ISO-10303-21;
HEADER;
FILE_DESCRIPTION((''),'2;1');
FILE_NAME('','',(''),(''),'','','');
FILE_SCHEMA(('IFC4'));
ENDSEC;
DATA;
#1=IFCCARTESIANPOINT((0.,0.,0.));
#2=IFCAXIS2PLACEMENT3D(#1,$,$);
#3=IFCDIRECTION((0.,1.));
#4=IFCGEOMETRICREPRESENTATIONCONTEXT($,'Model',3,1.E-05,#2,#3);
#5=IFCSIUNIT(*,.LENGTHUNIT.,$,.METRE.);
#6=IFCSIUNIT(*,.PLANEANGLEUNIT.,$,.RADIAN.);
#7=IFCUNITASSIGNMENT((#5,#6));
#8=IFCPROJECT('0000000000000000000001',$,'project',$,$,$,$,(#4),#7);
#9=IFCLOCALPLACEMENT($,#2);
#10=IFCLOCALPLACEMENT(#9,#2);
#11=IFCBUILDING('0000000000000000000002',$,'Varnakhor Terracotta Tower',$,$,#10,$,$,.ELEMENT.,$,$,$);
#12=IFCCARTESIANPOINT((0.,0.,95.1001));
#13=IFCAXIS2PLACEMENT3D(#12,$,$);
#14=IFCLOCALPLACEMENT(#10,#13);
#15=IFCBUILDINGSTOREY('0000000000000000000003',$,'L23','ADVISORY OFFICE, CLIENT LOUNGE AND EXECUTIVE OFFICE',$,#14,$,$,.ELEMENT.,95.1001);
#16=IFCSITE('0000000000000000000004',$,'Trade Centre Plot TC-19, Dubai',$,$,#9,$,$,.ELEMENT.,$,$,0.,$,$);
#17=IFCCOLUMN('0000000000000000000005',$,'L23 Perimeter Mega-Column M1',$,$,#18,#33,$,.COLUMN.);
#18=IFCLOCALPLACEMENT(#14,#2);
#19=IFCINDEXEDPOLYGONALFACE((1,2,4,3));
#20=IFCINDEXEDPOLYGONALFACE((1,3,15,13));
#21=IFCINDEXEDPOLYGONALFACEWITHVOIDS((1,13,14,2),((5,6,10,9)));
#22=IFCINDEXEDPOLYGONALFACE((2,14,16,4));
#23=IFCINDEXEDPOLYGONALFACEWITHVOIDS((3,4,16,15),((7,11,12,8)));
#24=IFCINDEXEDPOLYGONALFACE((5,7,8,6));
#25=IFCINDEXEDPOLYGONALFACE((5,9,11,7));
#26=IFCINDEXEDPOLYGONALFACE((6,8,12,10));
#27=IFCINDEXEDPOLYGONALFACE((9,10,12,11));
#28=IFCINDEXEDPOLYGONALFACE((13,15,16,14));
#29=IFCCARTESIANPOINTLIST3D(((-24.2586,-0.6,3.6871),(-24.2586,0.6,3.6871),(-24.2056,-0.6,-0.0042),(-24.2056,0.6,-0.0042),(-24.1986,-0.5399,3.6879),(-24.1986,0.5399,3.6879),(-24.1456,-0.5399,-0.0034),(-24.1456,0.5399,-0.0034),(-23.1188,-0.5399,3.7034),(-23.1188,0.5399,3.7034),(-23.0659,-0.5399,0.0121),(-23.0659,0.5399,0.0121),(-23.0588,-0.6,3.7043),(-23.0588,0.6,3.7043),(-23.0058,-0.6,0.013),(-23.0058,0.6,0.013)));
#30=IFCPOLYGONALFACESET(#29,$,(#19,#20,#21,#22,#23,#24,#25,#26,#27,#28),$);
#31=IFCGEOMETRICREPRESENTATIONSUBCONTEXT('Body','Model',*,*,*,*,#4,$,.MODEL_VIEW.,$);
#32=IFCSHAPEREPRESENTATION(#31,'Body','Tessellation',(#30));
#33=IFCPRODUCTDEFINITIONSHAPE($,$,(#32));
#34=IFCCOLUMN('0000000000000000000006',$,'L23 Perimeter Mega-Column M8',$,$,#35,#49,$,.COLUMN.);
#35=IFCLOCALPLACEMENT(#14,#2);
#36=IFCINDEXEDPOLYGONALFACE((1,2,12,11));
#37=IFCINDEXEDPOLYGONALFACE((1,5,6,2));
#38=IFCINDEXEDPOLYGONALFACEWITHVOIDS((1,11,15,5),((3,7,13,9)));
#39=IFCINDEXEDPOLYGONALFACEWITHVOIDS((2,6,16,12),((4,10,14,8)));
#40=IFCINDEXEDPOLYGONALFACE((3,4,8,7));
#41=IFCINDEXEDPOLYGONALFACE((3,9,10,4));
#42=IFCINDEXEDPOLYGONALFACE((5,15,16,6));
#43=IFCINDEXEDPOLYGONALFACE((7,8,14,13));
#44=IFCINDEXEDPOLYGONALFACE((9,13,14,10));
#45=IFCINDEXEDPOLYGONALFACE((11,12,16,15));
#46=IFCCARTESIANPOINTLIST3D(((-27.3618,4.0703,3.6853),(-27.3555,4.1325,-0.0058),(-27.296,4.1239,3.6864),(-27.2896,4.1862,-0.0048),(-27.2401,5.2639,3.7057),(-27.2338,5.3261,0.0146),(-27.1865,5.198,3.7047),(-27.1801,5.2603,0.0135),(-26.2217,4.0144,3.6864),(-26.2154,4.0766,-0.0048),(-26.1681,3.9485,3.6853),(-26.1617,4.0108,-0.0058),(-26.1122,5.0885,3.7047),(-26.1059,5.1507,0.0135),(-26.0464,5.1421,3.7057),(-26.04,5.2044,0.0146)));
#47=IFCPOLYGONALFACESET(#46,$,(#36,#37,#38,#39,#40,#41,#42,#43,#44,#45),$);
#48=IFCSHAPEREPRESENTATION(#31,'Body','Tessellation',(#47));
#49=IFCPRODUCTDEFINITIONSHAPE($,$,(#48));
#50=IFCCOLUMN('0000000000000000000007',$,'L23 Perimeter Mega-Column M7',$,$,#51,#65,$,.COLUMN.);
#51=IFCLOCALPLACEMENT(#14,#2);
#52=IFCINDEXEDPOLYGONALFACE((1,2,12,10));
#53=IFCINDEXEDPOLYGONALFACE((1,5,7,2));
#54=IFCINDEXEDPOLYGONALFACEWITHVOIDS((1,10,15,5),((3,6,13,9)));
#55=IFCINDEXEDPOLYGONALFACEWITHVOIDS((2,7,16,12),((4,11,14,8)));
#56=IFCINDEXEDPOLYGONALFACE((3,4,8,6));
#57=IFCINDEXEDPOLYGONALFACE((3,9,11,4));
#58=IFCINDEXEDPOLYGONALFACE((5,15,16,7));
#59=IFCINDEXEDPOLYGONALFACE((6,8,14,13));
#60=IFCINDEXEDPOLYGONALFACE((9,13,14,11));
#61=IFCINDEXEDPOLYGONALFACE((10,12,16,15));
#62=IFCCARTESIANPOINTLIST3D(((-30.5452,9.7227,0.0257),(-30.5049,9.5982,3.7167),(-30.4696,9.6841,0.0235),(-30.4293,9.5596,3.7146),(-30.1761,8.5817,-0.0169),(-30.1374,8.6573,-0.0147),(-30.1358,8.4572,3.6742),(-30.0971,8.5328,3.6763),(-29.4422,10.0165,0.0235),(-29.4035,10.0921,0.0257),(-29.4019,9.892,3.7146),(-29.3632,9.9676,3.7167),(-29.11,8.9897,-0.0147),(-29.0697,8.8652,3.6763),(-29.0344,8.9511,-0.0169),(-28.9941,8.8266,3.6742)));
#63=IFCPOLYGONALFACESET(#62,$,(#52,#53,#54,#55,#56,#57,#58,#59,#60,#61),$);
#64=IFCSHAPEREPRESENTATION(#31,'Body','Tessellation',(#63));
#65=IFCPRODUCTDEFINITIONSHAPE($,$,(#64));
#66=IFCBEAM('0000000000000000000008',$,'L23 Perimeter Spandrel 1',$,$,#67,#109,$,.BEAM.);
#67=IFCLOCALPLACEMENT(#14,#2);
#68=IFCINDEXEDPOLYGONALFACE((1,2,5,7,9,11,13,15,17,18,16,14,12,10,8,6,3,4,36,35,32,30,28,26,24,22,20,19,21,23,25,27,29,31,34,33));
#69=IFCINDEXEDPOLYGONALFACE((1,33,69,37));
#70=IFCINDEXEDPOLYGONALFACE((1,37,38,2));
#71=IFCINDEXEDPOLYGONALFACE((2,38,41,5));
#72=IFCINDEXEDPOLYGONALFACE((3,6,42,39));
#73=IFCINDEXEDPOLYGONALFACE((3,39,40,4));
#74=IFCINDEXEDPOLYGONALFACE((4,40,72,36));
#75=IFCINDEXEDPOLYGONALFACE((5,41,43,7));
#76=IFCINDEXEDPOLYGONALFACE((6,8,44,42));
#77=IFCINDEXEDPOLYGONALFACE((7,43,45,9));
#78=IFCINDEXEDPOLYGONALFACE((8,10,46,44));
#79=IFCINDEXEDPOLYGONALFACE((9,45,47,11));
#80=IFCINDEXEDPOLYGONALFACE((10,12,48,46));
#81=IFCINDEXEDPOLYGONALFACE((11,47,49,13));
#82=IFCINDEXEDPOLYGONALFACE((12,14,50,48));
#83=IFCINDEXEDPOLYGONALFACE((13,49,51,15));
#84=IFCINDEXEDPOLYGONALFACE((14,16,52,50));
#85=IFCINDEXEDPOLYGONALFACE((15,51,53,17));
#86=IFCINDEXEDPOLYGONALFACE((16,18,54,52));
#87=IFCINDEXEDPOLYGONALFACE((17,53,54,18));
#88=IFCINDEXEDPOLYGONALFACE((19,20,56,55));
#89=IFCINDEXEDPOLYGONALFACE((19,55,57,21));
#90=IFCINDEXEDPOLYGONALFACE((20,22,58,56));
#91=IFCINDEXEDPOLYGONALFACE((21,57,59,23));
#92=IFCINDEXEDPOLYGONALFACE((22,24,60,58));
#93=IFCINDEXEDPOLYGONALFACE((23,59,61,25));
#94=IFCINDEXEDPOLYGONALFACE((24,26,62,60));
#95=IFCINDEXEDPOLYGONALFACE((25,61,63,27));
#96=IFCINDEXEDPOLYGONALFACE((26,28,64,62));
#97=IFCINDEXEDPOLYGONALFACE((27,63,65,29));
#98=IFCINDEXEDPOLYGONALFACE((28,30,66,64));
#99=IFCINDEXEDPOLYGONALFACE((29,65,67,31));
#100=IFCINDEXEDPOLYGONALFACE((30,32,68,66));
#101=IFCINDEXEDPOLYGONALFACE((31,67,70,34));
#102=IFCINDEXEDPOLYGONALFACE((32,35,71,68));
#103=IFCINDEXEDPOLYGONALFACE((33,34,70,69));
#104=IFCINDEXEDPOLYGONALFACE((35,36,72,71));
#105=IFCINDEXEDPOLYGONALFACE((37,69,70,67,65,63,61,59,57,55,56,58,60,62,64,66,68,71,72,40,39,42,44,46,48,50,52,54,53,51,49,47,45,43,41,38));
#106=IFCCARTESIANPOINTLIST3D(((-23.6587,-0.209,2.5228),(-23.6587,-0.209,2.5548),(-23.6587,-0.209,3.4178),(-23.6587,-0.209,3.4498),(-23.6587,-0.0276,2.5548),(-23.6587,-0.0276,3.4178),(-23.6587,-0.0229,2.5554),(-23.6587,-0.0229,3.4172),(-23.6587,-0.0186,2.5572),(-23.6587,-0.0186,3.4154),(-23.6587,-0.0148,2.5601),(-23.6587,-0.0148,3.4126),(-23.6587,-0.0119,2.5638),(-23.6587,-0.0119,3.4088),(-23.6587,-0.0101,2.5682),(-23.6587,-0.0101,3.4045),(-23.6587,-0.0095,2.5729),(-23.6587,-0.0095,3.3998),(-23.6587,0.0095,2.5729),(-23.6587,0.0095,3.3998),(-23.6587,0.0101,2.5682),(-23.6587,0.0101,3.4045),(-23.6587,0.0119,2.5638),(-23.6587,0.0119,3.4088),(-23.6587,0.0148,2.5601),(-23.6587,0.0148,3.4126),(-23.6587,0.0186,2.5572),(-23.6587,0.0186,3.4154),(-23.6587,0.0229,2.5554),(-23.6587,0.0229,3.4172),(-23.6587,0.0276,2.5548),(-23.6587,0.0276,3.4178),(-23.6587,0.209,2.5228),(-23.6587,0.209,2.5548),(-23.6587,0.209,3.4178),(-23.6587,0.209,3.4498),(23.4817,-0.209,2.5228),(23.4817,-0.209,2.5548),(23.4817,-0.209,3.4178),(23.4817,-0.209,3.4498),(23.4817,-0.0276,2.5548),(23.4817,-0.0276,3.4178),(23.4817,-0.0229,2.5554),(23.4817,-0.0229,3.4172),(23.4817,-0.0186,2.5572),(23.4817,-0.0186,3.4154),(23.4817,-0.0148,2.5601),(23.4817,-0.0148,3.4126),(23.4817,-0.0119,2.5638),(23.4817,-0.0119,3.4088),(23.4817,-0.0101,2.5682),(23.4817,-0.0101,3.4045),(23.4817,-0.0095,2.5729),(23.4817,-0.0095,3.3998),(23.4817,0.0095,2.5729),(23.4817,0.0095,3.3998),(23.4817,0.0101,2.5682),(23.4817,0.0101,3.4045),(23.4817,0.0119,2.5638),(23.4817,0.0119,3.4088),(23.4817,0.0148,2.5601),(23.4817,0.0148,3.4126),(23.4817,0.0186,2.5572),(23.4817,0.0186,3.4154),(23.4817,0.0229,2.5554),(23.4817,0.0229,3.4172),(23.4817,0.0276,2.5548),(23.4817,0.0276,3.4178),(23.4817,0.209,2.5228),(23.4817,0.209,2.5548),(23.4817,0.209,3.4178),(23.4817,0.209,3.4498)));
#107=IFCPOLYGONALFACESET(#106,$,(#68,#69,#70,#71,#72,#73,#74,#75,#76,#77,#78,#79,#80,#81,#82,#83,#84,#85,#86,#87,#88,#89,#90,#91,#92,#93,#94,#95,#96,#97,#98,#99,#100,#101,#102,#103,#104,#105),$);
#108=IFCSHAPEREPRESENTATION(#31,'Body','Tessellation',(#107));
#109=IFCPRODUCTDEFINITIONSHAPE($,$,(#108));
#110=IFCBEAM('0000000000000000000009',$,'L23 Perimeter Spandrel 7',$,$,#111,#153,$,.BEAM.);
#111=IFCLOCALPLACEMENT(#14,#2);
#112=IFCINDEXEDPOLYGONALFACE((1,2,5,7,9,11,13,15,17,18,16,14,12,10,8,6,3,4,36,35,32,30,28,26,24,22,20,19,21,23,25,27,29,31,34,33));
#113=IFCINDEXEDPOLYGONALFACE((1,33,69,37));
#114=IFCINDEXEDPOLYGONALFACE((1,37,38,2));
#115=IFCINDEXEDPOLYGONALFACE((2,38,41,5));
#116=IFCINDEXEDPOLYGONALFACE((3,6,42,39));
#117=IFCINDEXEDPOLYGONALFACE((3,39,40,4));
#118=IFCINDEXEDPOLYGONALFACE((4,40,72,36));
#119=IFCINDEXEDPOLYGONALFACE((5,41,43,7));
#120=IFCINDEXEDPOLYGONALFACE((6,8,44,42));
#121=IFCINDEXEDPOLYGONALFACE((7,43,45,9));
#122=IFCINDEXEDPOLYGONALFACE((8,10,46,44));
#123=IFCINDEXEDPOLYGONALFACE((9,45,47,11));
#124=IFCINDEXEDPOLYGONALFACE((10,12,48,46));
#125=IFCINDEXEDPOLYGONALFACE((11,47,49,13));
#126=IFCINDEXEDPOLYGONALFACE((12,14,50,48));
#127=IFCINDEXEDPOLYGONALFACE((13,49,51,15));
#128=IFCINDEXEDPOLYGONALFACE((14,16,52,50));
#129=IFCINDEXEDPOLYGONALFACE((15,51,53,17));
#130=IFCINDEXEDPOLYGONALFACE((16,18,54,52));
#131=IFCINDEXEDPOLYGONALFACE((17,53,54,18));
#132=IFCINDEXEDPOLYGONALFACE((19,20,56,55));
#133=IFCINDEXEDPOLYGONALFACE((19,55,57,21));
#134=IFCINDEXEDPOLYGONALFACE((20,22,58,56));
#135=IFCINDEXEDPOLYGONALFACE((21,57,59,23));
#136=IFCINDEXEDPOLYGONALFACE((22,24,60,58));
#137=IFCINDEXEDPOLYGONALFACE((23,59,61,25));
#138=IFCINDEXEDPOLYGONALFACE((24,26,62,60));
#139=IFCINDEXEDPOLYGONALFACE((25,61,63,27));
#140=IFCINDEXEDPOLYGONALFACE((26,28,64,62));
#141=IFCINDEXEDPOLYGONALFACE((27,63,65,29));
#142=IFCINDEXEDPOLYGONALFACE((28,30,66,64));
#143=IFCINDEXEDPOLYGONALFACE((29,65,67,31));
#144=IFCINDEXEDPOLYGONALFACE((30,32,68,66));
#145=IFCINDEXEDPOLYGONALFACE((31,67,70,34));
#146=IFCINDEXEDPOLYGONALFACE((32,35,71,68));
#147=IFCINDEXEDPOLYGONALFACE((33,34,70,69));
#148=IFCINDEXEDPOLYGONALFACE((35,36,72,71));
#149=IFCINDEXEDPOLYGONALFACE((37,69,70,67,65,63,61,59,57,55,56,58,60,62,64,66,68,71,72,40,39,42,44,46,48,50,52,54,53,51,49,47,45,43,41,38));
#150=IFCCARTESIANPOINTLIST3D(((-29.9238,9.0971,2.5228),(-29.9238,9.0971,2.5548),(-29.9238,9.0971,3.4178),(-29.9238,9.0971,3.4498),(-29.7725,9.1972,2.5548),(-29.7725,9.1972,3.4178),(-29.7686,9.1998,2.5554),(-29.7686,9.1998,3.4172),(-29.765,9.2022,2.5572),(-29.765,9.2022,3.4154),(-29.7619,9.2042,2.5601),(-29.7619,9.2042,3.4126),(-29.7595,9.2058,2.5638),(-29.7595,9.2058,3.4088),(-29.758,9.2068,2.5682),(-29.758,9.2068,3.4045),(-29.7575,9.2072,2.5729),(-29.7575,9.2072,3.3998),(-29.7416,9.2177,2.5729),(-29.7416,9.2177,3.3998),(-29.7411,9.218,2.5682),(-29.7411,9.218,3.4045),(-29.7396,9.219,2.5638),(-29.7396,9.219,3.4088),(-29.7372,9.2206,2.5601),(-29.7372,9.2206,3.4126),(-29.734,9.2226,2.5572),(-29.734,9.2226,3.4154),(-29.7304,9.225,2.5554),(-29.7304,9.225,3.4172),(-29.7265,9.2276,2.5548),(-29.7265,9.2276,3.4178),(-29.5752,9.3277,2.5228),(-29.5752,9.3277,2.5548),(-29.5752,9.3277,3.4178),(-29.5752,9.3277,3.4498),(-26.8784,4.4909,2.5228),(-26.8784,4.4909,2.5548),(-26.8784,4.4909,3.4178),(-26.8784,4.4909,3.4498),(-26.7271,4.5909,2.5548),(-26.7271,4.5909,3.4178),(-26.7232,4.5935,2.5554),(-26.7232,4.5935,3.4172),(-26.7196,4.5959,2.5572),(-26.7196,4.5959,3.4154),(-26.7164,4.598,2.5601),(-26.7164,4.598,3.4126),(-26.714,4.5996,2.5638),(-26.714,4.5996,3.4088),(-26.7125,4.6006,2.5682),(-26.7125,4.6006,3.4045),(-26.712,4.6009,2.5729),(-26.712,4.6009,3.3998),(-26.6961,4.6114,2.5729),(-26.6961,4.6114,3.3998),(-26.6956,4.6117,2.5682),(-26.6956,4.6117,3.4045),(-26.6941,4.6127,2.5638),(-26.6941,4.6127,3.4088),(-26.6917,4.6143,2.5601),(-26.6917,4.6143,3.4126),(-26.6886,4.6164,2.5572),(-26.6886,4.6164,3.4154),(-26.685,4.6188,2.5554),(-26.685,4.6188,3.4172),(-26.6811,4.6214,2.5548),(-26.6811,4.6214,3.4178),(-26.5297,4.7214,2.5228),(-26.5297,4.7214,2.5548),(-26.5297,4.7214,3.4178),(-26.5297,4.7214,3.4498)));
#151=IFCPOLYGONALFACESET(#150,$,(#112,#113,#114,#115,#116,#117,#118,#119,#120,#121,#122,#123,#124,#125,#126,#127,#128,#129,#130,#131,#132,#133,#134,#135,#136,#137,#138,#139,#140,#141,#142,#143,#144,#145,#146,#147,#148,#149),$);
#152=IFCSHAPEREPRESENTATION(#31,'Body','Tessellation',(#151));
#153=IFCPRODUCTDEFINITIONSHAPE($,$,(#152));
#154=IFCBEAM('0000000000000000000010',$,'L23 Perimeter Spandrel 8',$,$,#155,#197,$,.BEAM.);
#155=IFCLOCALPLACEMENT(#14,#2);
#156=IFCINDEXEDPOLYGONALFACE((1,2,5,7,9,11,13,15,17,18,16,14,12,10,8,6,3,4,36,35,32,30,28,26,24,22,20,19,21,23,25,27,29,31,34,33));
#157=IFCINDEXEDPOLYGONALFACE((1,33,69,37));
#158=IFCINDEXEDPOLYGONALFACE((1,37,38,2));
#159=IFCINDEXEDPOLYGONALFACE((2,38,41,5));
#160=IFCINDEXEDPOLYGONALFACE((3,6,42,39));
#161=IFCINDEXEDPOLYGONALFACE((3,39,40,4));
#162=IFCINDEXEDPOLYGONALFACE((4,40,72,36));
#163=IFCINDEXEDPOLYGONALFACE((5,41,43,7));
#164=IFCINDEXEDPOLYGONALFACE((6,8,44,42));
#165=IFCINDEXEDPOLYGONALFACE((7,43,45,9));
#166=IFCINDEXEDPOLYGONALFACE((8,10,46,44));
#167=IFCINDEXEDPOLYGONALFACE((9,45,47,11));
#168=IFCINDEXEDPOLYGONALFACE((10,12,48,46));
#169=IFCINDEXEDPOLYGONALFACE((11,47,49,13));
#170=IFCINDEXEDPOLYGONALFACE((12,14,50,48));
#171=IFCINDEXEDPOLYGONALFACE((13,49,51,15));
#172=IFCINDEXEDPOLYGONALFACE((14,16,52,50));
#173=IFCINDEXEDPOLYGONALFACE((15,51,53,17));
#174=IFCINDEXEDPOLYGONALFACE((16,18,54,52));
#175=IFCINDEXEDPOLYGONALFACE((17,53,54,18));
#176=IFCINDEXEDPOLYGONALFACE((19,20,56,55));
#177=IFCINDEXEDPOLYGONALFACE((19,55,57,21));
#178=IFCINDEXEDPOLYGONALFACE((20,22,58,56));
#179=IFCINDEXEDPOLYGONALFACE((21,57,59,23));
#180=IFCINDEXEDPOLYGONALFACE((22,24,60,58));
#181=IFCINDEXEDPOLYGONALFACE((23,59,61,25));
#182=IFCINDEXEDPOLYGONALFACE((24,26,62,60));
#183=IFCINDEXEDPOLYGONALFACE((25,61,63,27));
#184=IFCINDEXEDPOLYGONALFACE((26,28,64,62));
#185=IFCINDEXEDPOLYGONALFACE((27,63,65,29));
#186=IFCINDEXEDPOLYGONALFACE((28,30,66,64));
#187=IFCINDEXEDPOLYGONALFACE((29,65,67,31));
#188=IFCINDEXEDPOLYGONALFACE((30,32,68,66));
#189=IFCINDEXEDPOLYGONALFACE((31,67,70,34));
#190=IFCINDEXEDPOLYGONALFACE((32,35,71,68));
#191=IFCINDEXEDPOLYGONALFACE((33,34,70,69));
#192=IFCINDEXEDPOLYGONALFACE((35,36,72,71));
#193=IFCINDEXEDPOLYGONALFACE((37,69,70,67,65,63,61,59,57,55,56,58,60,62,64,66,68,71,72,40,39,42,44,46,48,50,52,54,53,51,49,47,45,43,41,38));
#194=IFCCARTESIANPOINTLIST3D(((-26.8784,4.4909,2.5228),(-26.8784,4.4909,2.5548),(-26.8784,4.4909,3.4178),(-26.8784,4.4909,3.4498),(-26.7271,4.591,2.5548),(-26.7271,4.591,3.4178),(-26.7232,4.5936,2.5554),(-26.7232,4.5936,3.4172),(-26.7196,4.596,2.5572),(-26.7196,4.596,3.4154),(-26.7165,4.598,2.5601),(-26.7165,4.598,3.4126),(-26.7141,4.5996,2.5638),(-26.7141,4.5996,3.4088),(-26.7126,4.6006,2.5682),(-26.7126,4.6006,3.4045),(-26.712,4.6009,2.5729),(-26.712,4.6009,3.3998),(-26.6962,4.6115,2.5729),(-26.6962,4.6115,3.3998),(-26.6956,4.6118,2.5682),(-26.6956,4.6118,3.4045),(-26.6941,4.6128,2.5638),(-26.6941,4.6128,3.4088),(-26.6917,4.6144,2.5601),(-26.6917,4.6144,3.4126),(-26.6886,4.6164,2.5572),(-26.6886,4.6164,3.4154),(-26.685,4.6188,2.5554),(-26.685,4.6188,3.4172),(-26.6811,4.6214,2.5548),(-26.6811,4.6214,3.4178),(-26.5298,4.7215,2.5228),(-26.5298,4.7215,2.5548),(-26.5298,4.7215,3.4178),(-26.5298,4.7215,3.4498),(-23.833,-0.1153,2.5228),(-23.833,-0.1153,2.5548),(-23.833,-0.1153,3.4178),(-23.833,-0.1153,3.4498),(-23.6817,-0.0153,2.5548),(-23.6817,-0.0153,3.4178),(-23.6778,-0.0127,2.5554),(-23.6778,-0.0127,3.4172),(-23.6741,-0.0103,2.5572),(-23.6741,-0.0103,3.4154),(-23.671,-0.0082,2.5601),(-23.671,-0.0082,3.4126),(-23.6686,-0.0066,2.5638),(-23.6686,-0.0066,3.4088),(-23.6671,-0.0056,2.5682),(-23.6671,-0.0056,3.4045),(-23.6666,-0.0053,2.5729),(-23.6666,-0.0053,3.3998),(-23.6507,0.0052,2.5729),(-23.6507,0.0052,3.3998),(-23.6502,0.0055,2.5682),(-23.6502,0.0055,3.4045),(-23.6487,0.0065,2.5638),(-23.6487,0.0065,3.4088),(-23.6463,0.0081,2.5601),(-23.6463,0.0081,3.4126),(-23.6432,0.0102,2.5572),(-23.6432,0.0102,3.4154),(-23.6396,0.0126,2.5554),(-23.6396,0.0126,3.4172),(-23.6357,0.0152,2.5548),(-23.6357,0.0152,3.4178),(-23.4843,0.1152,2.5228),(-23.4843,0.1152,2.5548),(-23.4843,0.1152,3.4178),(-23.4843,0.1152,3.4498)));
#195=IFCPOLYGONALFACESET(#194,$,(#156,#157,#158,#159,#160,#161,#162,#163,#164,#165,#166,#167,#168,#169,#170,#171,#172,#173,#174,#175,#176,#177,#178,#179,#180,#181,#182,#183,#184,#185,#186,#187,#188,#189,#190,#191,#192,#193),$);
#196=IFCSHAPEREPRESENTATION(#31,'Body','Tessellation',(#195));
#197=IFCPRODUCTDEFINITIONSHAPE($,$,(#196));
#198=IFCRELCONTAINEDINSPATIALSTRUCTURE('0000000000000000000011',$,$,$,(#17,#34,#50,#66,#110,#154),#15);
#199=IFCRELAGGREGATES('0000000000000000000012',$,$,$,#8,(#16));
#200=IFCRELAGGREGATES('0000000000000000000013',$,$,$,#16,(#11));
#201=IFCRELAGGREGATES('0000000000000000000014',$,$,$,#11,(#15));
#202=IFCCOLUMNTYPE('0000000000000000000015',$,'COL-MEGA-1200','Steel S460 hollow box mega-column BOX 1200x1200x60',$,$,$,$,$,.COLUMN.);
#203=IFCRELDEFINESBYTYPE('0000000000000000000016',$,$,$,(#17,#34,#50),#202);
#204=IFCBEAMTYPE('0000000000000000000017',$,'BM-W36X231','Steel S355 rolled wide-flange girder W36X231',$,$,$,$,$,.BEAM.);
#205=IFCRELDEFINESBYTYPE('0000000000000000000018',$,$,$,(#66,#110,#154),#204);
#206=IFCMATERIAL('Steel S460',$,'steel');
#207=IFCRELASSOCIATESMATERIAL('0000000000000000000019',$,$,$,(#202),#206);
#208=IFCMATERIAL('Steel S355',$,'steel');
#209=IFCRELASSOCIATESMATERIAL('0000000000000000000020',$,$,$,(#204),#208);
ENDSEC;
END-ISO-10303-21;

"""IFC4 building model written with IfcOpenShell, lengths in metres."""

from ifc_helpers import new_model, si_unit, direction, frame, origin, origin_2d, place, context, subcontext, project, spatial, hollow_rectangle, i_section, extrude, source, transform, mapped, material, material_profile, profile_set, type_object, type_shapes, element, save


model = new_model("IFC4")

# Units and contexts
model_context = context("Model", 3, precision=1e-05, world=origin(), true_north=direction((0.0, 1.0)))
body_context = subcontext(model_context, "Body", "Model", "MODEL_VIEW")
ifc_project = project(units=[si_unit("LENGTHUNIT", "METRE"), si_unit("PLANEANGLEUNIT", "RADIAN")], contexts=[model_context])

# Site, building, storey
site_placement = place(None, origin())
site = spatial("IfcSite", under=ifc_project, at=site_placement, Name="Trade Centre Plot TC-19, Dubai", CompositionType="ELEMENT", RefElevation=0.0)
building_placement = place(site_placement, origin())
building = spatial("IfcBuilding", under=site, at=building_placement, Name="Varnakhor Terracotta Tower", CompositionType="ELEMENT")
storey_placement = place(building_placement, frame((0.0, 0.0, 95.1001)))
storey = spatial("IfcBuildingStorey", under=building, at=storey_placement, Name="L23", Description="ADVISORY OFFICE, CLIENT LOUNGE AND EXECUTIVE OFFICE", CompositionType="ELEMENT", Elevation=95.1001)

# Columns
ifc_material_1 = material(Name="Steel S460", Category="steel")
ifc_material_profile_1 = material_profile(ifc_material_1, hollow_rectangle(XDim=1.2, YDim=1.2, WallThickness=0.0601, at=origin_2d()), Name="BOX 1200x1200x60")
ifc_profile_set_1 = profile_set([ifc_material_profile_1], Name="Steel S460")
column_type = type_object("IfcColumnType", Name="COL-MEGA-1200", Description="Steel S460 hollow box mega-column BOX 1200x1200x60", PredefinedType="COLUMN", material=ifc_profile_set_1)
shared_shape_1 = source(origin(), body_context, "Body", "SweptSolid", [
    extrude(hollow_rectangle(XDim=1.2, YDim=1.2, WallThickness=0.0601, at=origin_2d()), origin(), (0.0, 0.0, 1.0), 3.6917),
])
type_shapes(column_type, [shared_shape_1])
for number, where, z_axis, x_axis, name in (
    (1, (-23.6057, 0.0, 0.0044), (-0.014351, 0.0, 0.999897), (0.0, -1.0, 0.0), "L23 Perimeter Mega-Column M1"),
    (2, (-26.6978, 4.6685, 0.0044), (-0.001719, -0.016864, 0.999856), (0.994842, -0.101435, 0.0), "L23 Perimeter Mega-Column M8"),
):
    element("IfcColumn", number, at=place(storey_placement, frame(where, z_axis=z_axis, x_axis=x_axis)), inside=storey, type_object=column_type, Name=name, PredefinedType="COLUMN", context=body_context, shape_type="MappedRepresentation", body=[
        mapped(shared_shape_1, transform((0.0, 0.0, 0.0), scale=1.0)),
    ])
shared_shape_2 = source(origin(), body_context, "Body", "SweptSolid", [
    extrude(hollow_rectangle(XDim=1.2, YDim=1.2, WallThickness=0.0601, at=origin_2d()), origin(), (0.0, 0.0, 1.0), 3.6934),
])
column_placement = place(storey_placement, frame((-29.7898, 9.3369, 0.0044), z_axis=(0.010907, -0.033711, 0.999372), x_axis=(0.951445, 0.30782, 0.0)))
element("IfcColumn", 3, at=column_placement, inside=storey, type_object=column_type, Name="L23 Perimeter Mega-Column M7", PredefinedType="COLUMN", context=body_context, shape_type="MappedRepresentation", body=[
    mapped(shared_shape_2, transform((0.0, 0.0, 0.0), scale=1.0)),
])

# Beams
ifc_material_2 = material(Name="Steel S355", Category="steel")
ifc_material_profile_2 = material_profile(ifc_material_2, i_section(OverallWidth=0.418, OverallDepth=0.927, WebThickness=0.019, FlangeThickness=0.032, FilletRadius=0.0181, at=origin_2d()), Name="W36X231")
ifc_profile_set_2 = profile_set([ifc_material_profile_2], Name="Steel S355")
beam_type_1 = type_object("IfcBeamType", Name="BM-W36X231", Description="Steel S355 rolled wide-flange girder W36X231", PredefinedType="BEAM", material=ifc_profile_set_2)
shared_shape_3 = source(origin(), body_context, "Body", "SweptSolid", [
    extrude(i_section(OverallWidth=0.418, OverallDepth=0.927, WebThickness=0.019, FlangeThickness=0.032, FilletRadius=0.0181, at=origin_2d()), origin(), (0.0, 0.0, 1.0), 47.1404),
])
beam_1_placement = place(storey_placement, frame((-23.6587, 0.0, 2.9863), z_axis=(1.0, 0.0, 0.0), x_axis=(0.0, 1.0, 0.0)))
element("IfcBeam", 4, at=beam_1_placement, inside=storey, type_object=beam_type_1, Name="L23 Perimeter Spandrel 1", PredefinedType="BEAM", context=body_context, shape_type="MappedRepresentation", body=[
    mapped(shared_shape_3, transform((0.0, 0.0, 0.0), scale=1.0)),
])
shared_shape_4 = source(origin(), body_context, "Body", "SweptSolid", [
    extrude(i_section(OverallWidth=0.418, OverallDepth=0.927, WebThickness=0.019, FlangeThickness=0.032, FilletRadius=0.0181, at=origin_2d()), origin(), (0.0, 0.0, 1.0), 5.522),
])
for number, where, z_axis, x_axis, name in (
    (5, (-29.7495, 9.2124, 2.9863), (0.551513, -0.834166, 0.0), (0.834166, 0.551513, 0.0), "L23 Perimeter Spandrel 7"),
    (6, (-26.7041, 4.6062, 2.9863), (0.551513, -0.834166, 0.0), (0.834166, 0.551513, 0.0), "L23 Perimeter Spandrel 8"),
):
    element("IfcBeam", number, at=place(storey_placement, frame(where, z_axis=z_axis, x_axis=x_axis)), inside=storey, type_object=beam_type_1, Name=name, PredefinedType="BEAM", context=body_context, shape_type="MappedRepresentation", body=[
        mapped(shared_shape_4, transform((0.0, 0.0, 0.0), scale=1.0)),
    ])

save(model, "model.ifc")
